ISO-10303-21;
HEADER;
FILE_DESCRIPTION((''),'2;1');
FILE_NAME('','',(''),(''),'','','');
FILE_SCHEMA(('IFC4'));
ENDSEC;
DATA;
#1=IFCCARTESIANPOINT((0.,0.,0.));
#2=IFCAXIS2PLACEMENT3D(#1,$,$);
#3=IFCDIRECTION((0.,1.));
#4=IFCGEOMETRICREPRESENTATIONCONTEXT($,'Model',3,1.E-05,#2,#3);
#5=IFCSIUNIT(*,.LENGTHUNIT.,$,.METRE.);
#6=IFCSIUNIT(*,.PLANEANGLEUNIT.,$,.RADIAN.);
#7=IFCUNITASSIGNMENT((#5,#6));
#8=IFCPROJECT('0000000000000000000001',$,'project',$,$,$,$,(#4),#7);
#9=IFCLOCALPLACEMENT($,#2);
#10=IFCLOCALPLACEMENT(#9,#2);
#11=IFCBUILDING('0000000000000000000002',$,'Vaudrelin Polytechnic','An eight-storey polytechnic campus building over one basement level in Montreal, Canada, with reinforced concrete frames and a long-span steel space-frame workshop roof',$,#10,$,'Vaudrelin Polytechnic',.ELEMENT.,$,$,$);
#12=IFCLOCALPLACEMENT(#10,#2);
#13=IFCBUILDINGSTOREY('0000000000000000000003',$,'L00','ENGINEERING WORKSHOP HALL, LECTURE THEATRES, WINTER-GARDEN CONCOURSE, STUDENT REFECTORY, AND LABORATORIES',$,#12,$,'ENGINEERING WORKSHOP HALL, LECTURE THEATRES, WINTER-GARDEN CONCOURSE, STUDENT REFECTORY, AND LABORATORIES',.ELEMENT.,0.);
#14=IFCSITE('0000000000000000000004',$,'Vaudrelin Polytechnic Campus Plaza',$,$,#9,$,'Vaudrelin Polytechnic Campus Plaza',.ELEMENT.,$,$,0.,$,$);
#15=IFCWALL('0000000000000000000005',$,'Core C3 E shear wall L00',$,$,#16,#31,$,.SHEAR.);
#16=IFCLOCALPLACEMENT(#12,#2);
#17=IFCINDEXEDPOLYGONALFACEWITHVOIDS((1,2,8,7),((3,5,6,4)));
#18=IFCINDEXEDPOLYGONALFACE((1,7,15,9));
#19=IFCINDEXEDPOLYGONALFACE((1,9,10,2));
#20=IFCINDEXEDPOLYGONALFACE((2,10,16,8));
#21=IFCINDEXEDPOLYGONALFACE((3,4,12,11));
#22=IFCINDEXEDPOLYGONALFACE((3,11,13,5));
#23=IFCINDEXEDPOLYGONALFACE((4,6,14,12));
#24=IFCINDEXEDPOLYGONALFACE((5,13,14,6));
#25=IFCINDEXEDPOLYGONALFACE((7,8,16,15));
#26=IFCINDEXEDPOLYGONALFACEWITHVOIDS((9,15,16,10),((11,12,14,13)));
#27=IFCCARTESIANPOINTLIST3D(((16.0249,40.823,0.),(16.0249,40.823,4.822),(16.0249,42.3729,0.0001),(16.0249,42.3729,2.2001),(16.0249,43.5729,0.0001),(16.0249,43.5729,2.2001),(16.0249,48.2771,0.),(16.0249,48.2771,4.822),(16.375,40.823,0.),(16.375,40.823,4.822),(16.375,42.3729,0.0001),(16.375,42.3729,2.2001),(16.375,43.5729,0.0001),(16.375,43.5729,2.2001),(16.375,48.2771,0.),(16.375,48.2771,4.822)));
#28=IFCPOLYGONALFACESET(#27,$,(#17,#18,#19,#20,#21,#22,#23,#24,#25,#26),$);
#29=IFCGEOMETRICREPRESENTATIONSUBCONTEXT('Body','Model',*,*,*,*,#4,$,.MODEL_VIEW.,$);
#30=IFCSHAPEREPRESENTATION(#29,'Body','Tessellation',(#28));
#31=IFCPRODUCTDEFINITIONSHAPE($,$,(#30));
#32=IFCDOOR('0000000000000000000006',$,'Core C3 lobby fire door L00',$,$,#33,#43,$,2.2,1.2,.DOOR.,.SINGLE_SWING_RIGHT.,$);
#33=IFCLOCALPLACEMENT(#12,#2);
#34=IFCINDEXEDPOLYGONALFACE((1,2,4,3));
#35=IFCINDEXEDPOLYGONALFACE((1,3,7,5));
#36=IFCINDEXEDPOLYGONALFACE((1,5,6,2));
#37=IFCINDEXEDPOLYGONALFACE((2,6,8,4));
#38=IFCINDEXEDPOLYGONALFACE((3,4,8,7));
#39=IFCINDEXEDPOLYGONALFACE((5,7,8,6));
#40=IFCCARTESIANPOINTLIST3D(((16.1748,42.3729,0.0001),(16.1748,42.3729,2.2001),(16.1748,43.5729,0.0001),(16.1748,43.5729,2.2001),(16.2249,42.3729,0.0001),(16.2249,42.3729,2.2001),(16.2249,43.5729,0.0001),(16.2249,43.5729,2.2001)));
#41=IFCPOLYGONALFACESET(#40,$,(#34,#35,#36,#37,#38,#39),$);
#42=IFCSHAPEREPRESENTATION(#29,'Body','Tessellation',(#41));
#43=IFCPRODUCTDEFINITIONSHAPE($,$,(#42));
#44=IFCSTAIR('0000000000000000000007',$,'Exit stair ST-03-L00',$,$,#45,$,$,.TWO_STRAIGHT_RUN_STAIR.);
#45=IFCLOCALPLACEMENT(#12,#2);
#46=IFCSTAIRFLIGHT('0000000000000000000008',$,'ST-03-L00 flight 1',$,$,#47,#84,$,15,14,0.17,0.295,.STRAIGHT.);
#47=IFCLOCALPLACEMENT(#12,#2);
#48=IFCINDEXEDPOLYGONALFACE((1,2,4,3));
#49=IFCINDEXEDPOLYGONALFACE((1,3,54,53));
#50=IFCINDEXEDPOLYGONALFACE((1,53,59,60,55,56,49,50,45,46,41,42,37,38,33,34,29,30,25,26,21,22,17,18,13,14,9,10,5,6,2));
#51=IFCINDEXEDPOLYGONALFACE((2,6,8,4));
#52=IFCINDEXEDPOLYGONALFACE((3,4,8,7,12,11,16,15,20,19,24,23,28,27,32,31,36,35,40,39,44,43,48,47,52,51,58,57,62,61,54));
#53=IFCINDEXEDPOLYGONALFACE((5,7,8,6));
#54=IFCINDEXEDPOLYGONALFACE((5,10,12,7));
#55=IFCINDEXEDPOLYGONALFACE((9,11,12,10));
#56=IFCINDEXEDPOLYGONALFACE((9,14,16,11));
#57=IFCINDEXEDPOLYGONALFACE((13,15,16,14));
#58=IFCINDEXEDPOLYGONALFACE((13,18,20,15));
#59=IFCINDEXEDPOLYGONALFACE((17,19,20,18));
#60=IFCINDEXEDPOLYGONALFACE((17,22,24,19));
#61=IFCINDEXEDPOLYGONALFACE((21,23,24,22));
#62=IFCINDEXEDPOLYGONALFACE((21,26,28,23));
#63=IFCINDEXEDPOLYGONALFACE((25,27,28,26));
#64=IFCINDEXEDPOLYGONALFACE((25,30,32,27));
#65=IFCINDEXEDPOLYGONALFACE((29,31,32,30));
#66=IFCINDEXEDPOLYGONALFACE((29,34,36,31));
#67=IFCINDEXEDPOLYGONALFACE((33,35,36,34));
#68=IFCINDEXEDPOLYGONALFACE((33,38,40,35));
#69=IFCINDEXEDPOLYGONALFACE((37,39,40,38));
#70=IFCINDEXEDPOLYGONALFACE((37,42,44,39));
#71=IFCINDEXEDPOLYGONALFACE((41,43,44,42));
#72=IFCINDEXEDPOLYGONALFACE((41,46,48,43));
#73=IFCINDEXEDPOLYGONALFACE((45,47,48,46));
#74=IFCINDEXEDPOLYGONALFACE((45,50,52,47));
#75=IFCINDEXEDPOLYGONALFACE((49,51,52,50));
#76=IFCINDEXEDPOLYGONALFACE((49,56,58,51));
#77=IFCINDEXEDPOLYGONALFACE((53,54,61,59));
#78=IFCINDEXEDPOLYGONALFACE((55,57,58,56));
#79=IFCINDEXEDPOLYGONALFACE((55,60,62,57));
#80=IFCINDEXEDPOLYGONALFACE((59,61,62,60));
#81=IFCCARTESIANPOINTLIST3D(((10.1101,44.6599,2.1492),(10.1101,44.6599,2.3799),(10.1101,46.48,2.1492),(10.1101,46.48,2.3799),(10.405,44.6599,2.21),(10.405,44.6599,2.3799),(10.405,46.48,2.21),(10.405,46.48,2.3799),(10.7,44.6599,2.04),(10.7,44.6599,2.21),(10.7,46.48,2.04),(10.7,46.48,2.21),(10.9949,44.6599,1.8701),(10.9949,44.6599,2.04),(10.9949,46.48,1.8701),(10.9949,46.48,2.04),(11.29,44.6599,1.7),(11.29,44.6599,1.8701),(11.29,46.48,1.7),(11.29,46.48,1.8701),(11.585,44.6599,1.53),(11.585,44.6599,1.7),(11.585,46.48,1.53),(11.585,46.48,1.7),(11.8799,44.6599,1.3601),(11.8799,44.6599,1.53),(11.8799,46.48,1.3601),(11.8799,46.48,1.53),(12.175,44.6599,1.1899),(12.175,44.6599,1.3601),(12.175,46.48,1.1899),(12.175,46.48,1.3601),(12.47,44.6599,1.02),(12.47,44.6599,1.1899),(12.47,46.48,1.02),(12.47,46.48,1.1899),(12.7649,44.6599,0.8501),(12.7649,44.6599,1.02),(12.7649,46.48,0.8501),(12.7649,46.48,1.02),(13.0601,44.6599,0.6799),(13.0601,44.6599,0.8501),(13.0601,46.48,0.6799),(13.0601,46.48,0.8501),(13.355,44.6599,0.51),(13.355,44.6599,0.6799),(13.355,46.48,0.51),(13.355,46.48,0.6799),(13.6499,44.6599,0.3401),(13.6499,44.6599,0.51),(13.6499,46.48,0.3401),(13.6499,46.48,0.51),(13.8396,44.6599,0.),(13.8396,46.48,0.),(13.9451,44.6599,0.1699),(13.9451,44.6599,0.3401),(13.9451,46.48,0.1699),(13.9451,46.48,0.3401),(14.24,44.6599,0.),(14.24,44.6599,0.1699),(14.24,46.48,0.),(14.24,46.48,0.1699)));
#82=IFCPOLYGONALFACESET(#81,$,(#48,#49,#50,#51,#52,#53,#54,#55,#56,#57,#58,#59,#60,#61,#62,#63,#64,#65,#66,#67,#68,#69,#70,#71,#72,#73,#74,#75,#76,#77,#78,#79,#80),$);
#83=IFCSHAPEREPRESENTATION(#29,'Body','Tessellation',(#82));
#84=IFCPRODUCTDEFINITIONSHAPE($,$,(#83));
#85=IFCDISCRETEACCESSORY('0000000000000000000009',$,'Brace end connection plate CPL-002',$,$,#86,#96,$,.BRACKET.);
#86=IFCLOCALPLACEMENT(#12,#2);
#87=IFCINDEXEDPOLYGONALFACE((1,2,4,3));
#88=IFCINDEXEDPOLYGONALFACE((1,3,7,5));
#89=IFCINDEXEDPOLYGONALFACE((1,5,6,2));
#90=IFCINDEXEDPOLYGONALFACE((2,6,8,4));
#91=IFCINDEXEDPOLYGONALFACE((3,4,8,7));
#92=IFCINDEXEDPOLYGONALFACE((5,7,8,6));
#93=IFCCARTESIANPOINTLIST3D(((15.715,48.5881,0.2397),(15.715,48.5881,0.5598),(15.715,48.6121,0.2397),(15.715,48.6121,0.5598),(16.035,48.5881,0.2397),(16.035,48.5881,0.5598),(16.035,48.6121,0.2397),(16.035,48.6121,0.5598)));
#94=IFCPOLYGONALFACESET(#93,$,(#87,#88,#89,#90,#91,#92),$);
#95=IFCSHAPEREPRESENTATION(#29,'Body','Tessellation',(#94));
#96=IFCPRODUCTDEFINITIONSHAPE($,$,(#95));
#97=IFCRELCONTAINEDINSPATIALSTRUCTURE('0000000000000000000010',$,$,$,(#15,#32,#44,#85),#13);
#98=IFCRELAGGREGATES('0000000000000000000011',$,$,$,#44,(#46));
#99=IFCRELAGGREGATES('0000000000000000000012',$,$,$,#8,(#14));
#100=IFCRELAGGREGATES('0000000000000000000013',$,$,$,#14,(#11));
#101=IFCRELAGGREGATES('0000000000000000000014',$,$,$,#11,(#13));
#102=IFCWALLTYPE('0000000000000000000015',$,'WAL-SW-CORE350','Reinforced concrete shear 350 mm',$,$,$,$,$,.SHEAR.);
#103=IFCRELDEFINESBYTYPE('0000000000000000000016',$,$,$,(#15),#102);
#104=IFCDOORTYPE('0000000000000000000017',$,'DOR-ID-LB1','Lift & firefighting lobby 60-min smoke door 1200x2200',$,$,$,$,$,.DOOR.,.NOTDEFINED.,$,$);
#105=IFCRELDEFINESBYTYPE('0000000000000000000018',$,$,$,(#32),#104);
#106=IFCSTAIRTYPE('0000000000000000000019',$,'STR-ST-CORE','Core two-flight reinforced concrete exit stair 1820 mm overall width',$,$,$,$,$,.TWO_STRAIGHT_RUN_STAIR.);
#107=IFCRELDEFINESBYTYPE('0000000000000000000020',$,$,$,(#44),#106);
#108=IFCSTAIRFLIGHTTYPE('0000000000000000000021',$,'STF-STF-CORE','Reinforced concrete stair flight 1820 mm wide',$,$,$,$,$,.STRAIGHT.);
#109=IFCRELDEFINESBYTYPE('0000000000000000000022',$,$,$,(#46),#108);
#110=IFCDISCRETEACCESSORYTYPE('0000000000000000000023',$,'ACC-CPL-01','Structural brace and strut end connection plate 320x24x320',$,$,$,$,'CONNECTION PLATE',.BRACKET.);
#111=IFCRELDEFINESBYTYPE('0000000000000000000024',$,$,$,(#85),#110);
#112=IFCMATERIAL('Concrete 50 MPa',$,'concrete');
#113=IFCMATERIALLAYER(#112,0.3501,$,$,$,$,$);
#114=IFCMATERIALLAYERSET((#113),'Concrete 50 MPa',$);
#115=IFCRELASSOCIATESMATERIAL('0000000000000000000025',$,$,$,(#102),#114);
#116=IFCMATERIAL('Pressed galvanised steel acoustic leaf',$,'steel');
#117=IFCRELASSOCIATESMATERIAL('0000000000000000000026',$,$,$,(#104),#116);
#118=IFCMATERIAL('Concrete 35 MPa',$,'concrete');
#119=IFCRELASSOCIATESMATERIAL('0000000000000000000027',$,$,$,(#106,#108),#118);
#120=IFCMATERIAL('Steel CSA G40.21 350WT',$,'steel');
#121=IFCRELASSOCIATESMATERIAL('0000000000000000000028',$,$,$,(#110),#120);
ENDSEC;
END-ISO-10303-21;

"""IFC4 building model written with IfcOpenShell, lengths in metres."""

from ifc_helpers import new_model, si_unit, direction, frame, frame_2d, origin, origin_2d, place, context, subcontext, project, spatial, polyline, rectangle, outline, extrude, material, layer, layer_set, type_object, element, fill, aggregate, save


model = new_model("IFC4")

# Units and contexts
model_context = context("Model", 3, precision=1e-05, world=origin(), true_north=direction((0.0, 1.0)))
body_context = subcontext(model_context, "Body", "Model", "MODEL_VIEW")
ifc_project = project(units=[si_unit("LENGTHUNIT", "METRE"), si_unit("PLANEANGLEUNIT", "RADIAN")], contexts=[model_context])

# Site, building, storey
site_placement = place(None, origin())
site = spatial("IfcSite", under=ifc_project, at=site_placement, Name="Vaudrelin Polytechnic Campus Plaza", LongName="Vaudrelin Polytechnic Campus Plaza", CompositionType="ELEMENT", RefElevation=0.0)
building_placement = place(site_placement, origin())
building = spatial("IfcBuilding", under=site, at=building_placement, Name="Vaudrelin Polytechnic", Description="An eight-storey polytechnic campus building over one basement level in Montreal, Canada, with reinforced concrete frames and a long-span steel space-frame workshop roof", LongName="Vaudrelin Polytechnic", CompositionType="ELEMENT")
storey_placement = place(building_placement, origin())
storey = spatial("IfcBuildingStorey", under=building, at=storey_placement, Name="L00", Description="ENGINEERING WORKSHOP HALL, LECTURE THEATRES, WINTER-GARDEN CONCOURSE, STUDENT REFECTORY, AND LABORATORIES", LongName="ENGINEERING WORKSHOP HALL, LECTURE THEATRES, WINTER-GARDEN CONCOURSE, STUDENT REFECTORY, AND LABORATORIES", CompositionType="ELEMENT", Elevation=0.0)

# Shared definitions
ifc_material_1 = material(Name="Steel CSA G40.21 350WT", Category="steel")

# Wall, opening, door
ifc_material_2 = material(Name="Pressed galvanised steel acoustic leaf", Category="steel")
ifc_material_3 = material(Name="Concrete 50 MPa", Category="concrete")
ifc_layer_1 = layer(ifc_material_3, 0.3501)
ifc_layer_set_1 = layer_set([ifc_layer_1], Name="Concrete 50 MPa")
wall_type_1 = type_object("IfcWallType", Name="WAL-SW-CORE350", Description="Reinforced concrete shear 350 mm", PredefinedType="SHEAR", material=ifc_layer_set_1)
wall_1_placement = place(storey_placement, frame((16.2, 40.823, 0.0), z_axis=(0.0, 0.0, 1.0), x_axis=(0.0, 1.0, 0.0)))
wall_1 = element("IfcWall", 1, at=wall_1_placement, inside=storey, type_object=wall_type_1, Name="Core C3 E shear wall L00", PredefinedType="SHEAR", context=body_context, shape_type="SweptSolid", body=[
    extrude(rectangle(XDim=7.4541, YDim=0.3501, at=frame_2d((3.7271, 0.0))), origin(), (0.0, 0.0, 1.0), 4.822),
])
opening_1_placement = place(wall_1_placement, frame((2.75, 0.0, 0.0), z_axis=(0.0, 0.0, 1.0), x_axis=(-1.0, 0.0, 0.0)))
opening_1 = element("IfcOpeningElement", 2, at=opening_1_placement, cuts=wall_1, PredefinedType="OPENING", context=body_context, shape_type="SweptSolid", body=[
    extrude(rectangle(XDim=1.2, YDim=2.2, at=frame_2d((0.6001, 1.1001))), frame((0.0, 0.1851, 0.0), z_axis=(0.0, -1.0, 0.0), x_axis=(1.0, 0.0, 0.0)), (0.0, 0.0, 1.0), 0.3701),
])
door_type_1 = type_object("IfcDoorType", Name="DOR-ID-LB1", Description="Lift & firefighting lobby 60-min smoke door 1200x2200", OperationType="NOTDEFINED", PredefinedType="DOOR", material=ifc_material_2)
door_1_placement = place(opening_1_placement, origin())
door_1 = element("IfcDoor", 3, at=door_1_placement, inside=storey, type_object=door_type_1, Name="Core C3 lobby fire door L00", OperationType="SINGLE_SWING_RIGHT", OverallHeight=2.2, OverallWidth=1.2, PredefinedType="DOOR", context=body_context, shape_type="SweptSolid", body=[
    extrude(rectangle(XDim=1.2, YDim=2.2, at=frame_2d((0.6001, 1.1001))), frame((0.0, 0.0249, 0.0), z_axis=(0.0, -1.0, 0.0), x_axis=(1.0, 0.0, 0.0)), (0.0, 0.0, 1.0), 0.05),
])
fill(opening_1, door_1)

# Stair, stair flight
ifc_material_4 = material(Name="Concrete 35 MPa", Category="concrete")
stair_type = type_object("IfcStairType", Name="STR-ST-CORE", Description="Core two-flight reinforced concrete exit stair 1820 mm overall width", PredefinedType="TWO_STRAIGHT_RUN_STAIR", material=ifc_material_4)
stair_placement = place(storey_placement, origin())
stair = element("IfcStair", 4, at=stair_placement, inside=storey, type_object=stair_type, Name="Exit stair ST-03-L00", PredefinedType="TWO_STRAIGHT_RUN_STAIR")
stair_flight_type = type_object("IfcStairFlightType", Name="STF-STF-CORE", Description="Reinforced concrete stair flight 1820 mm wide", PredefinedType="STRAIGHT", material=ifc_material_4)
stair_flight_placement = place(storey_placement, frame((14.24, 45.5701, 0.0), z_axis=(0.0, 0.0, 1.0), x_axis=(-1.0, 0.0, 0.0)))
stair_flight = element("IfcStairFlight", 5, at=stair_flight_placement, type_object=stair_flight_type, Name="ST-03-L00 flight 1", NumberOfRisers=15, NumberOfTreads=14, PredefinedType="STRAIGHT", RiserHeight=0.17, TreadLength=0.295, context=body_context, shape_type="SweptSolid", body=[
    extrude(outline(polyline([(0.0, 0.0), (0.0, 0.1699), (0.2949, 0.1699), (0.2949, 0.3401), (0.5901, 0.3401), (0.5901, 0.51), (0.885, 0.51), (0.885, 0.6799), (1.1799, 0.6799), (1.1799, 0.8501), (1.4751, 0.8501), (1.4751, 1.02), (1.77, 1.02), (1.77, 1.1899), (2.0649, 1.1899), (2.0649, 1.3601), (2.3601, 1.3601), (2.3601, 1.53), (2.655, 1.53), (2.655, 1.7), (2.95, 1.7), (2.95, 1.8701), (3.2451, 1.8701), (3.2451, 2.04), (3.54, 2.04), (3.54, 2.21), (3.835, 2.21), (3.835, 2.3799), (4.1299, 2.3799), (4.1299, 2.55), (4.1299, 2.1492), (0.4004, 0.0), (0.0, 0.0)])), frame((0.0, 0.9102, 0.0), z_axis=(0.0, -1.0, 0.0), x_axis=(1.0, 0.0, 0.0)), (0.0, 0.0, 1.0), 1.8201),
])
aggregate(stair, [stair_flight])

# Discrete accessory
discrete_accessory_type = type_object("IfcDiscreteAccessoryType", Name="ACC-CPL-01", Description="Structural brace and strut end connection plate 320x24x320", ElementType="CONNECTION PLATE", PredefinedType="BRACKET", material=ifc_material_1)
discrete_accessory_placement = place(storey_placement, frame((15.875, 48.6001, 0.2397), z_axis=(0.0, 0.0, 1.0), x_axis=(1.0, 0.0, 0.0)))
element("IfcDiscreteAccessory", 6, at=discrete_accessory_placement, inside=storey, type_object=discrete_accessory_type, Name="Brace end connection plate CPL-002", PredefinedType="BRACKET", context=body_context, shape_type="SweptSolid", body=[
    extrude(rectangle(XDim=0.3201, YDim=0.0239, at=origin_2d()), origin(), (0.0, 0.0, 1.0), 0.3201),
])

save(model, "model.ifc")
